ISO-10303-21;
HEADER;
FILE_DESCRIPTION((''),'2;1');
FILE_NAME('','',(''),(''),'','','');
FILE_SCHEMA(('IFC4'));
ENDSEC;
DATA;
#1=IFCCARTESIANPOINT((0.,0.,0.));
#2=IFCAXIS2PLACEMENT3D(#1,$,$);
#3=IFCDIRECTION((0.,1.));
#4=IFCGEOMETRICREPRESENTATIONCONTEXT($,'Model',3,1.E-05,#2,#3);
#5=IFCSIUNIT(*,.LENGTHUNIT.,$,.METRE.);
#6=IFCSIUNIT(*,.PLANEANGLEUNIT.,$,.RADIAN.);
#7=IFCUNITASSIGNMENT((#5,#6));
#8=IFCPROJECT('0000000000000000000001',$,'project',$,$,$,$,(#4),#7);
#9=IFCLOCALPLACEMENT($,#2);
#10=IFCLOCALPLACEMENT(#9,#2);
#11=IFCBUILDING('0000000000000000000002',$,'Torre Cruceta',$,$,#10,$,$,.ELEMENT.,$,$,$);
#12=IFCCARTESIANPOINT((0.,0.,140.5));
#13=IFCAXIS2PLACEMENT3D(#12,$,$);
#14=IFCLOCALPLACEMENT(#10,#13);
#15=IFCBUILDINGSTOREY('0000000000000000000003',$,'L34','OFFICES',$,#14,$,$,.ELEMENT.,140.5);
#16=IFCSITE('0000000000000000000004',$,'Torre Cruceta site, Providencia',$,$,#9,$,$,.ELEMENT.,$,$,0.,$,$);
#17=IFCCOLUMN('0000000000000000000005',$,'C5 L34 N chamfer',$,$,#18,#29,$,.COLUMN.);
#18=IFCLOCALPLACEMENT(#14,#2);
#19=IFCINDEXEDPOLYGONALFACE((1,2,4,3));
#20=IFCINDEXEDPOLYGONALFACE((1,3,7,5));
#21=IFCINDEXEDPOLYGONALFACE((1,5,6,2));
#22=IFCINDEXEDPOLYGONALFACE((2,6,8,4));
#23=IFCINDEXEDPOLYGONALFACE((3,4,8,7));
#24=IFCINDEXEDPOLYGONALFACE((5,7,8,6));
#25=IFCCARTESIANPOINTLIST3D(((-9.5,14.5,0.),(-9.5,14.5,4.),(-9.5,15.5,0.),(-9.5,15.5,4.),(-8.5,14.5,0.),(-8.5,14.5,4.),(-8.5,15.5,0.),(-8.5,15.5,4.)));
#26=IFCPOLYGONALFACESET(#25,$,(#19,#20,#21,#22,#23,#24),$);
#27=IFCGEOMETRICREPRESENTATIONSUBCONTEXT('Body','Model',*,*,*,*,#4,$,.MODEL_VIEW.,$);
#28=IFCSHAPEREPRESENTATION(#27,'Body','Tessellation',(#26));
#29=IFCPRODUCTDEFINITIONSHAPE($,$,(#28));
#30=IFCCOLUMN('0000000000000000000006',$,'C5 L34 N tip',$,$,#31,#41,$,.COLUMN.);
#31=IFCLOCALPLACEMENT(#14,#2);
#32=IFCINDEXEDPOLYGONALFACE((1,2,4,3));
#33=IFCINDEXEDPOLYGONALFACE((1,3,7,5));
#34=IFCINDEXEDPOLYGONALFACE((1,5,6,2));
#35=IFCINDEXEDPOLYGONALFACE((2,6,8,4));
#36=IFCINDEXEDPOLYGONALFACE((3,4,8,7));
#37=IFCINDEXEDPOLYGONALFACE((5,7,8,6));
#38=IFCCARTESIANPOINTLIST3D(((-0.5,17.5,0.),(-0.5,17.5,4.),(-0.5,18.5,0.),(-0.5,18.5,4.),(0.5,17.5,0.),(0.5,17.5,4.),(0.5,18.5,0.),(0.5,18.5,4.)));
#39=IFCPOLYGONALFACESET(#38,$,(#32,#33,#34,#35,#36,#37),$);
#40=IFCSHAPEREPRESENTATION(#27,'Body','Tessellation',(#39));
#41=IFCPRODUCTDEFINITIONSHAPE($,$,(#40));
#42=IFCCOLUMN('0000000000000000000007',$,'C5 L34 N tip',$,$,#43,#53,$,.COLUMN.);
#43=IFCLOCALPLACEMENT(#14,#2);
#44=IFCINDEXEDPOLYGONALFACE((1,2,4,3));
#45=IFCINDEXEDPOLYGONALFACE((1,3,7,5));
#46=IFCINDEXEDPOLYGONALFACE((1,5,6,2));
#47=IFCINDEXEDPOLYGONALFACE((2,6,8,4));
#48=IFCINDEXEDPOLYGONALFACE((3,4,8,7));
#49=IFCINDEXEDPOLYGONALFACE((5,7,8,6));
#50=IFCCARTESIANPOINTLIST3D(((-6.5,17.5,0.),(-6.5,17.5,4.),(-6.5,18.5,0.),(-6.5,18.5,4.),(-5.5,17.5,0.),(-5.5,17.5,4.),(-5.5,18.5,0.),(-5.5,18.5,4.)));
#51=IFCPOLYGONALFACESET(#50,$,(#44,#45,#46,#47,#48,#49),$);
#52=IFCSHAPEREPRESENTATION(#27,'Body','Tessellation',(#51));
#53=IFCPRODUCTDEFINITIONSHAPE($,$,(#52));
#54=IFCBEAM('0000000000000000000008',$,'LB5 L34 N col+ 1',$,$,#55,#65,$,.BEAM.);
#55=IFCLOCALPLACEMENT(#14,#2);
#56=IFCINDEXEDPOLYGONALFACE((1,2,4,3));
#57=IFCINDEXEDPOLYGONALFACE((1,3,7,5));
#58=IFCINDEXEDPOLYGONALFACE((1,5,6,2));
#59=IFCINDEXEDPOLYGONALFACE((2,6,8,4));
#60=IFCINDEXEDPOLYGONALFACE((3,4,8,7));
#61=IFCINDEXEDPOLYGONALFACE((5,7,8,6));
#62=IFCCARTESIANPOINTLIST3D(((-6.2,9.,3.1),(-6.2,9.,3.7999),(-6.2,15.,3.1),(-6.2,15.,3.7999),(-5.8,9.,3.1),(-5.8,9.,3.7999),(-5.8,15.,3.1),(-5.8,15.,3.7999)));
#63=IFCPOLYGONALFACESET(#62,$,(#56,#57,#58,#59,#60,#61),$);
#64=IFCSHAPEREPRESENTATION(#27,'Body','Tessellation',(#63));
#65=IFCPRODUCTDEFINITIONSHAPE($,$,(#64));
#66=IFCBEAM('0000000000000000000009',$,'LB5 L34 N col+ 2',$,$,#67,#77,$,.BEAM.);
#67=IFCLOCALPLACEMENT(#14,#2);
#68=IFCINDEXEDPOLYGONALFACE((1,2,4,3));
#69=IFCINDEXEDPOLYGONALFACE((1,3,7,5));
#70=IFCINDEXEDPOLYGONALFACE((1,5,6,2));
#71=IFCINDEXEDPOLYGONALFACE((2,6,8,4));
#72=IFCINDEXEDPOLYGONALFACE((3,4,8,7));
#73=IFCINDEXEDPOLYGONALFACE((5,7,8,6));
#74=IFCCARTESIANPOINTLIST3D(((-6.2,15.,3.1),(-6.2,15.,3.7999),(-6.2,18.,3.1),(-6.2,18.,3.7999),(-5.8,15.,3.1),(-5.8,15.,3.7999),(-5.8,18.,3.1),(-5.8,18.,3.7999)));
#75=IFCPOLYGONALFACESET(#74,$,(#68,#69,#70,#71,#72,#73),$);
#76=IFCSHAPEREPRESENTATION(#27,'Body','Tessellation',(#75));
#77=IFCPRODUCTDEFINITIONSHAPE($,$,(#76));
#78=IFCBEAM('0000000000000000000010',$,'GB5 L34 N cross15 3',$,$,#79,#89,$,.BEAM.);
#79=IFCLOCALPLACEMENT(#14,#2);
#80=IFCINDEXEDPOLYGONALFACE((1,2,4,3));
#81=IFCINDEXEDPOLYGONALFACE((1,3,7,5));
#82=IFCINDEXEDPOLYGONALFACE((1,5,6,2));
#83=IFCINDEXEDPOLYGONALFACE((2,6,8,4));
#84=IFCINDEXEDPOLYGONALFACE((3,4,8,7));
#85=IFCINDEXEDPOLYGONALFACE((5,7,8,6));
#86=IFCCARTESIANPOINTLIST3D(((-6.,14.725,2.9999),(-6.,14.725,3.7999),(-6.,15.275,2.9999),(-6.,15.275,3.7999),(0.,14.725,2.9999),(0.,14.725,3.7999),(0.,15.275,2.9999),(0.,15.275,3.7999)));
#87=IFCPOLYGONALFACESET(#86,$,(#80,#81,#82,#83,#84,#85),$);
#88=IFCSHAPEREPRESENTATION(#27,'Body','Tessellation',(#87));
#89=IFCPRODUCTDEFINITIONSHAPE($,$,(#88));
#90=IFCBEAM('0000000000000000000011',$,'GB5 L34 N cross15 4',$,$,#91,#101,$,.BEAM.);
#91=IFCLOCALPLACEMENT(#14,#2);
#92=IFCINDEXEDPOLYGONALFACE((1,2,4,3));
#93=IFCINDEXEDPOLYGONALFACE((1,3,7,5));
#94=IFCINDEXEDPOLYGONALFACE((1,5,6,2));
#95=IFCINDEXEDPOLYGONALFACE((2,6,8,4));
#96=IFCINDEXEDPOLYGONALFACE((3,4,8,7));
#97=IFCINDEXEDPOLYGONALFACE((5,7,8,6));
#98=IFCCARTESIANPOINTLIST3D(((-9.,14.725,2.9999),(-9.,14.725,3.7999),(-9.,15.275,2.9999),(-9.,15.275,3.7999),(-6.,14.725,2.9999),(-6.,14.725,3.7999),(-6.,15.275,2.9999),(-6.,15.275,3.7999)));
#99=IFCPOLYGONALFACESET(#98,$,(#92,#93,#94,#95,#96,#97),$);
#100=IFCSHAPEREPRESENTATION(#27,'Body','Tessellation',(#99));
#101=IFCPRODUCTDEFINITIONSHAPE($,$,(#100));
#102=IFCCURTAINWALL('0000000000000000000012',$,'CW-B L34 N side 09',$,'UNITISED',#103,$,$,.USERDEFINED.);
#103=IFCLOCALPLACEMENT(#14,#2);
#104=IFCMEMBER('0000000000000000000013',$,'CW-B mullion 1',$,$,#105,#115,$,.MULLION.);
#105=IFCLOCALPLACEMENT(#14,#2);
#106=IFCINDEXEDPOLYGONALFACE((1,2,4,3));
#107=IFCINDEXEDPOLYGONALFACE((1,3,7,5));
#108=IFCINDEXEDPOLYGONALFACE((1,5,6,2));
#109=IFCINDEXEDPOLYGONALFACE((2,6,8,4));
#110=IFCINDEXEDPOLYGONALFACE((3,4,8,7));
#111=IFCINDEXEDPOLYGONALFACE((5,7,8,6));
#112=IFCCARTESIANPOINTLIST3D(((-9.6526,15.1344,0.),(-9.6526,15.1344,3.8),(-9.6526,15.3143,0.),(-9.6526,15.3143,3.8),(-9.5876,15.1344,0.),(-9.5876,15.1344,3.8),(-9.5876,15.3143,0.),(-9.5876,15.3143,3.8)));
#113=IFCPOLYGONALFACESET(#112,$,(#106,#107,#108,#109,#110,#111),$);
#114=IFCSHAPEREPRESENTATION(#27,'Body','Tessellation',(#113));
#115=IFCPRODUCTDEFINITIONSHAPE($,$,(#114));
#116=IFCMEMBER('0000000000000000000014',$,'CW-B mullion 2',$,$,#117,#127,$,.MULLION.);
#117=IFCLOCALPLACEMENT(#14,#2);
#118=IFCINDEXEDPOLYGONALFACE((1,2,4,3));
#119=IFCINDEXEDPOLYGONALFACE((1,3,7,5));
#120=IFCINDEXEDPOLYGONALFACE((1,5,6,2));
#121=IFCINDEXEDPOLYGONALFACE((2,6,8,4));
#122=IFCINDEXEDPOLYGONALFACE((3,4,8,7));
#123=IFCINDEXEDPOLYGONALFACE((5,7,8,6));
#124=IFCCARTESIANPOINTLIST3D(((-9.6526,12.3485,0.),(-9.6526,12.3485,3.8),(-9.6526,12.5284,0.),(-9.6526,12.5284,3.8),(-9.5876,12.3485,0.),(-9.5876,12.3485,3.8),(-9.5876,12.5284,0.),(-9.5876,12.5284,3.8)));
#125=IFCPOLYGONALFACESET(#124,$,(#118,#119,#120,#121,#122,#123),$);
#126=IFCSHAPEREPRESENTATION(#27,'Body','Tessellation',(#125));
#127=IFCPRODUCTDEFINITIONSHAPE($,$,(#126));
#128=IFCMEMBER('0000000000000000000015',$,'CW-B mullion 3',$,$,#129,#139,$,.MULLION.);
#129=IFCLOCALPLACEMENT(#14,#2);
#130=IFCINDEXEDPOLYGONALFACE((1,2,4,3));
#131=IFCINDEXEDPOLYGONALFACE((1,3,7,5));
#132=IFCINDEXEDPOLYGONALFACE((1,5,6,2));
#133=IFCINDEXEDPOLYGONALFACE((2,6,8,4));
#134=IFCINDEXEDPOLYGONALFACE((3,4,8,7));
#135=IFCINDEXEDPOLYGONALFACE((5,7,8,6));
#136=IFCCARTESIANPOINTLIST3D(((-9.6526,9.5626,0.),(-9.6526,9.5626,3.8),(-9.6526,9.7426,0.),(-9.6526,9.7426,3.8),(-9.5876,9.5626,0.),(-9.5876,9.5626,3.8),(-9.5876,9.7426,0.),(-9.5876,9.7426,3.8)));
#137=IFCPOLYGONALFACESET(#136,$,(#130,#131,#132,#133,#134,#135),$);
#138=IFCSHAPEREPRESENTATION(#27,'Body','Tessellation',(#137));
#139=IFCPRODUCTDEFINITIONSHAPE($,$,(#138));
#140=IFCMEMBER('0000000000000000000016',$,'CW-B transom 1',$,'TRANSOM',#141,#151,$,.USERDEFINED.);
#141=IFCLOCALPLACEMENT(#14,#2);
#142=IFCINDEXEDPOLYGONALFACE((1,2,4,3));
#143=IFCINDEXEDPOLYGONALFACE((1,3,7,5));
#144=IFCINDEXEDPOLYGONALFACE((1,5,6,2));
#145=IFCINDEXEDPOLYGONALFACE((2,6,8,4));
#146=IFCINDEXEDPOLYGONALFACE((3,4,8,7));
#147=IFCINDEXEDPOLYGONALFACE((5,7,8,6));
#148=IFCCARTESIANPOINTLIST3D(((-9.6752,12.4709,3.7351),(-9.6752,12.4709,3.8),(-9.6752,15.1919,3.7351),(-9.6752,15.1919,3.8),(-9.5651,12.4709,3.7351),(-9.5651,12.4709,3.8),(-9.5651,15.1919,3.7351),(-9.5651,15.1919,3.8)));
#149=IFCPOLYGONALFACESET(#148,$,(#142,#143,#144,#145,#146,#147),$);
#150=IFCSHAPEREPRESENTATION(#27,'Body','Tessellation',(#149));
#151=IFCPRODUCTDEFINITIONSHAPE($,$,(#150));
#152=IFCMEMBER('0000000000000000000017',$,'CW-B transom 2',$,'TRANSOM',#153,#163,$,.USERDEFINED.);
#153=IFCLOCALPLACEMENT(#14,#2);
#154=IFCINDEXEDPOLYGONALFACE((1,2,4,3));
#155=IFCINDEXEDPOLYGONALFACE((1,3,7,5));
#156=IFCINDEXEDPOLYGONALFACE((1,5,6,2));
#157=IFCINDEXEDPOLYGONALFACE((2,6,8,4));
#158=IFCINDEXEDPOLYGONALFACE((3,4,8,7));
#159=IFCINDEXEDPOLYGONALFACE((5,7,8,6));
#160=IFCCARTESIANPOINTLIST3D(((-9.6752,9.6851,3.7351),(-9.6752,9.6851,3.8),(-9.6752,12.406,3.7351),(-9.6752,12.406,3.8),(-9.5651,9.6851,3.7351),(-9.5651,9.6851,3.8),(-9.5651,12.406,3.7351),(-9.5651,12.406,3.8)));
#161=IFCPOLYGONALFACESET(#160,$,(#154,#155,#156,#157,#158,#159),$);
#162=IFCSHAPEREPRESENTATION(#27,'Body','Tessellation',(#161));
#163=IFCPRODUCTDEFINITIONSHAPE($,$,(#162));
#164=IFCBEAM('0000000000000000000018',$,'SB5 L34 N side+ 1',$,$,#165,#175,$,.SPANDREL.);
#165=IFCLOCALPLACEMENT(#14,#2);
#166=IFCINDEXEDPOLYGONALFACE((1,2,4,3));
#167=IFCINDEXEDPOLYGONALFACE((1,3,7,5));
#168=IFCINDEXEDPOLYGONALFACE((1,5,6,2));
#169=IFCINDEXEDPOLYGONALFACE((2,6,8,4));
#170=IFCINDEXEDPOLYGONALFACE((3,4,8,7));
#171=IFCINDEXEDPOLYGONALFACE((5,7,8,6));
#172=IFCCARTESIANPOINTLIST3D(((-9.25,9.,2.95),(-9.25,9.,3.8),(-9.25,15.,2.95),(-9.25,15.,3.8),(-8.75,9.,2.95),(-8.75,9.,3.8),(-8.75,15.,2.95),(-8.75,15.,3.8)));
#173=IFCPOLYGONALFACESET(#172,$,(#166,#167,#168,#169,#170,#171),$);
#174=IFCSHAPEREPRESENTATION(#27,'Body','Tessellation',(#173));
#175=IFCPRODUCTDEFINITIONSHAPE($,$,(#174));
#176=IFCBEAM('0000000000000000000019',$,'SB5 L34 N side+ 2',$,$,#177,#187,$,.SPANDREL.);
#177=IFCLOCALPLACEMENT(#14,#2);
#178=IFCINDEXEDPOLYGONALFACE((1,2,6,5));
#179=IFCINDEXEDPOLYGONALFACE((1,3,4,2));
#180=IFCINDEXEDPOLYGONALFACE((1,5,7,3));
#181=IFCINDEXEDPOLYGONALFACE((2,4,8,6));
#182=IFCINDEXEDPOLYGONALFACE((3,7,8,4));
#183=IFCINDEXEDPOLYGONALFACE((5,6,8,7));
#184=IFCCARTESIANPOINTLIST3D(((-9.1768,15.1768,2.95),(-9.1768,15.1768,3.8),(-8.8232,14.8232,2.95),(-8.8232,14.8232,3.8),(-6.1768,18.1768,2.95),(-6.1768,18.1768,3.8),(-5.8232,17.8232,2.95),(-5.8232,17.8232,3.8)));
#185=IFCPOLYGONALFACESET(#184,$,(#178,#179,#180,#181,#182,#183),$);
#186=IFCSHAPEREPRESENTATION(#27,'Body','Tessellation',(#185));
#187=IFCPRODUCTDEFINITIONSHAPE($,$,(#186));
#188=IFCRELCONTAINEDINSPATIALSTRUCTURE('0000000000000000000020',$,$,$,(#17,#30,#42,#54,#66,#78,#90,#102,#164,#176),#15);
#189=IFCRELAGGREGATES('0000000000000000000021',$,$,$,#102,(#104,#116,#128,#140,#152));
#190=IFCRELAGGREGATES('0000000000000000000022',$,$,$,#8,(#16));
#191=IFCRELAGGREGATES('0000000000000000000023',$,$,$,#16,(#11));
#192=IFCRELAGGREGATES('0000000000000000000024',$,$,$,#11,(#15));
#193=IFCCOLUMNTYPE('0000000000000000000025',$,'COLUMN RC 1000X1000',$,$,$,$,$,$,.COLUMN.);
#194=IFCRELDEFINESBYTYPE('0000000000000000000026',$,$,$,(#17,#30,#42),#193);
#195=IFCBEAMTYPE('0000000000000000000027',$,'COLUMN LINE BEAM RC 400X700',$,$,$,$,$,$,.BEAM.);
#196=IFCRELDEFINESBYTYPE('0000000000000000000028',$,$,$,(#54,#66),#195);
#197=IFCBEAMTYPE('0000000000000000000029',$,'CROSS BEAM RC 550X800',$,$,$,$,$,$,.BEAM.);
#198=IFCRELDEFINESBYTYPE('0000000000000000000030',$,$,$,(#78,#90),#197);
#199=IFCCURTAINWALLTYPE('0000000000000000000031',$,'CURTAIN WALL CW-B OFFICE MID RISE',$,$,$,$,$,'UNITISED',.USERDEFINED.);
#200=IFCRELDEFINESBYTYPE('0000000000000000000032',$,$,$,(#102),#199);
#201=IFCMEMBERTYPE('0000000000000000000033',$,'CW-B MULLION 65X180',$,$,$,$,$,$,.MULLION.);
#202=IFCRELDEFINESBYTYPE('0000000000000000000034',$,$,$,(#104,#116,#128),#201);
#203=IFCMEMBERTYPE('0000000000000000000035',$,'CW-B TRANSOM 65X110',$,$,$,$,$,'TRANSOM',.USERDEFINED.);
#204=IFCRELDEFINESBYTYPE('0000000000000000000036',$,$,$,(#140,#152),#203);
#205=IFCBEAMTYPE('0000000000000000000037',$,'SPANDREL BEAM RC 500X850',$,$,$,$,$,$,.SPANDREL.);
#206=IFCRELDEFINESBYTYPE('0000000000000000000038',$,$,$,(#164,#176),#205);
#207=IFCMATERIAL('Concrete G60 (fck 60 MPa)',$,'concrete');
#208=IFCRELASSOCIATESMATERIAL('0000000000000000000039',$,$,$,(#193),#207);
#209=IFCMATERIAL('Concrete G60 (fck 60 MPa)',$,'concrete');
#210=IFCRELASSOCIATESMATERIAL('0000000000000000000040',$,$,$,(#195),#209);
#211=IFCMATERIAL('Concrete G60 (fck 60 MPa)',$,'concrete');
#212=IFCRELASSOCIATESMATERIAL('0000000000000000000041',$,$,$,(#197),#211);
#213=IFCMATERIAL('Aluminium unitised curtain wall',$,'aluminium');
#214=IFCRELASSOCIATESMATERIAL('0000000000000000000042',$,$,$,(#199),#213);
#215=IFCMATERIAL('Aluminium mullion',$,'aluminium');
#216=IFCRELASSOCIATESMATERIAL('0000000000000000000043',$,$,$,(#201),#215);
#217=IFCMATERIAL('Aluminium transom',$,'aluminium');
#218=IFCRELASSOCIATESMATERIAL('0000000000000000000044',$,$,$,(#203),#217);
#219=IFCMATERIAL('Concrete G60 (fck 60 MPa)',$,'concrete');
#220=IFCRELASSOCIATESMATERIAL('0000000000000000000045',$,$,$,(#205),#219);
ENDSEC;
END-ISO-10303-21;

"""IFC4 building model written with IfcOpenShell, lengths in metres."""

from ifc_helpers import new_model, si_unit, direction, frame, origin, origin_2d, place, context, subcontext, project, spatial, rectangle, extrude, material, material_profile, profile_set, type_object, element, aggregate, save


model = new_model("IFC4")

# Units and contexts
model_context = context("Model", 3, precision=1e-05, world=origin(), true_north=direction((0.0, 1.0)))
body_context = subcontext(model_context, "Body", "Model", "MODEL_VIEW")
ifc_project = project(units=[si_unit("LENGTHUNIT", "METRE"), si_unit("PLANEANGLEUNIT", "RADIAN")], contexts=[model_context])

# Site, building, storey
site_placement = place(None, origin())
site = spatial("IfcSite", under=ifc_project, at=site_placement, Name="Torre Cruceta site, Providencia", CompositionType="ELEMENT", RefElevation=0.0)
building_placement = place(site_placement, origin())
building = spatial("IfcBuilding", under=site, at=building_placement, Name="Torre Cruceta", CompositionType="ELEMENT")
storey_placement = place(building_placement, frame((0.0, 0.0, 140.5)))
storey = spatial("IfcBuildingStorey", under=building, at=storey_placement, Name="L34", Description="OFFICES", CompositionType="ELEMENT", Elevation=140.5)

# Columns
ifc_material_1 = material(Name="Concrete G60 (fck 60 MPa)", Category="concrete")
ifc_material_profile_1 = material_profile(ifc_material_1, rectangle(XDim=1.0, YDim=1.0, at=origin_2d()), Name="RC 1000X1000")
ifc_profile_set_1 = profile_set([ifc_material_profile_1], Name="Concrete G60 (fck 60 MPa)")
column_type = type_object("IfcColumnType", Name="COLUMN RC 1000X1000", PredefinedType="COLUMN", material=ifc_profile_set_1)
for number, where, z_axis, x_axis, name in (
    (1, (-9.0, 15.0, 0.0), (0.0, 0.0, 1.0), (1.0, 0.0, 0.0), "C5 L34 N chamfer"),
    (2, (0.0, 18.0, 0.0), (0.0, 0.0, 1.0), (1.0, 0.0, 0.0), "C5 L34 N tip"),
    (3, (-6.0, 18.0, 0.0), (0.0, 0.0, 1.0), (1.0, 0.0, 0.0), "C5 L34 N tip"),
):
    element("IfcColumn", number, at=place(storey_placement, frame(where, z_axis=z_axis, x_axis=x_axis)), inside=storey, type_object=column_type, Name=name, PredefinedType="COLUMN", context=body_context, shape_type="SweptSolid", body=[
        extrude(rectangle(XDim=1.0, YDim=1.0, at=origin_2d()), origin(), (0.0, 0.0, 1.0), 4.0),
    ])

# Beams
ifc_material_2 = material(Name="Concrete G60 (fck 60 MPa)", Category="concrete")
ifc_material_profile_2 = material_profile(ifc_material_2, rectangle(XDim=0.3999, YDim=0.7, at=origin_2d()), Name="RC 400X700")
ifc_profile_set_2 = profile_set([ifc_material_profile_2], Name="Concrete G60 (fck 60 MPa)")
beam_type_1 = type_object("IfcBeamType", Name="COLUMN LINE BEAM RC 400X700", PredefinedType="BEAM", material=ifc_profile_set_2)
beam_1_placement = place(storey_placement, frame((-6.0, 9.0, 3.45), z_axis=(0.0, 1.0, 0.0), x_axis=(-1.0, 0.0, 0.0)))
element("IfcBeam", 4, at=beam_1_placement, inside=storey, type_object=beam_type_1, Name="LB5 L34 N col+ 1", PredefinedType="BEAM", context=body_context, shape_type="SweptSolid", body=[
    extrude(rectangle(XDim=0.3999, YDim=0.7, at=origin_2d()), origin(), (0.0, 0.0, 1.0), 6.0),
])
beam_2_placement = place(storey_placement, frame((-6.0, 15.0, 3.45), z_axis=(0.0, 1.0, 0.0), x_axis=(-1.0, 0.0, 0.0)))
element("IfcBeam", 5, at=beam_2_placement, inside=storey, type_object=beam_type_1, Name="LB5 L34 N col+ 2", PredefinedType="BEAM", context=body_context, shape_type="SweptSolid", body=[
    extrude(rectangle(XDim=0.3999, YDim=0.7, at=origin_2d()), origin(), (0.0, 0.0, 1.0), 3.0),
])
ifc_material_3 = material(Name="Concrete G60 (fck 60 MPa)", Category="concrete")
ifc_material_profile_3 = material_profile(ifc_material_3, rectangle(XDim=0.55, YDim=0.8, at=origin_2d()), Name="RC 550X800")
ifc_profile_set_3 = profile_set([ifc_material_profile_3], Name="Concrete G60 (fck 60 MPa)")
beam_type_2 = type_object("IfcBeamType", Name="CROSS BEAM RC 550X800", PredefinedType="BEAM", material=ifc_profile_set_3)
beam_3_placement = place(storey_placement, frame((0.0, 15.0, 3.3999), z_axis=(-1.0, 0.0, 0.0), x_axis=(0.0, -1.0, 0.0)))
element("IfcBeam", 6, at=beam_3_placement, inside=storey, type_object=beam_type_2, Name="GB5 L34 N cross15 3", PredefinedType="BEAM", context=body_context, shape_type="SweptSolid", body=[
    extrude(rectangle(XDim=0.55, YDim=0.8, at=origin_2d()), origin(), (0.0, 0.0, 1.0), 6.0),
])
beam_4_placement = place(storey_placement, frame((-6.0, 15.0, 3.3999), z_axis=(-1.0, 0.0, 0.0), x_axis=(0.0, -1.0, 0.0)))
element("IfcBeam", 7, at=beam_4_placement, inside=storey, type_object=beam_type_2, Name="GB5 L34 N cross15 4", PredefinedType="BEAM", context=body_context, shape_type="SweptSolid", body=[
    extrude(rectangle(XDim=0.55, YDim=0.8, at=origin_2d()), origin(), (0.0, 0.0, 1.0), 3.0),
])

# Curtain wall, members
ifc_material_4 = material(Name="Aluminium unitised curtain wall", Category="aluminium")
curtain_wall_type = type_object("IfcCurtainWallType", Name="CURTAIN WALL CW-B OFFICE MID RISE", ElementType="UNITISED", PredefinedType="USERDEFINED", material=ifc_material_4)
curtain_wall_placement = place(storey_placement, origin())
curtain_wall = element("IfcCurtainWall", 8, at=curtain_wall_placement, inside=storey, type_object=curtain_wall_type, Name="CW-B L34 N side 09", ObjectType="UNITISED", PredefinedType="USERDEFINED")
ifc_material_5 = material(Name="Aluminium mullion", Category="aluminium")
ifc_material_profile_4 = material_profile(ifc_material_5, rectangle(XDim=0.0649, YDim=0.1799, at=origin_2d()), Name="AL 65X180")
ifc_profile_set_4 = profile_set([ifc_material_profile_4], Name="Aluminium mullion")
member_type_1 = type_object("IfcMemberType", Name="CW-B MULLION 65X180", PredefinedType="MULLION", material=ifc_profile_set_4)
member_1_placement = place(storey_placement, frame((-9.6201, 15.2244, 0.0), z_axis=(0.0, 0.0, 1.0), x_axis=(1.0, 0.0, 0.0)))
member_1 = element("IfcMember", 9, at=member_1_placement, type_object=member_type_1, Name="CW-B mullion 1", PredefinedType="MULLION", context=body_context, shape_type="SweptSolid", body=[
    extrude(rectangle(XDim=0.0649, YDim=0.1799, at=origin_2d()), origin(), (0.0, 0.0, 1.0), 3.8),
])
member_2_placement = place(storey_placement, frame((-9.6201, 12.4385, 0.0), z_axis=(0.0, 0.0, 1.0), x_axis=(1.0, 0.0, 0.0)))
member_2 = element("IfcMember", 10, at=member_2_placement, type_object=member_type_1, Name="CW-B mullion 2", PredefinedType="MULLION", context=body_context, shape_type="SweptSolid", body=[
    extrude(rectangle(XDim=0.0649, YDim=0.1799, at=origin_2d()), origin(), (0.0, 0.0, 1.0), 3.8),
])
member_3_placement = place(storey_placement, frame((-9.6201, 9.6526, 0.0), z_axis=(0.0, 0.0, 1.0), x_axis=(1.0, 0.0, 0.0)))
member_3 = element("IfcMember", 11, at=member_3_placement, type_object=member_type_1, Name="CW-B mullion 3", PredefinedType="MULLION", context=body_context, shape_type="SweptSolid", body=[
    extrude(rectangle(XDim=0.0649, YDim=0.1799, at=origin_2d()), origin(), (0.0, 0.0, 1.0), 3.8),
])
ifc_material_6 = material(Name="Aluminium transom", Category="aluminium")
ifc_material_profile_5 = material_profile(ifc_material_6, rectangle(XDim=0.1101, YDim=0.0649, at=origin_2d()), Name="AL 110X65")
ifc_profile_set_5 = profile_set([ifc_material_profile_5], Name="Aluminium transom")
member_type_2 = type_object("IfcMemberType", Name="CW-B TRANSOM 65X110", ElementType="TRANSOM", PredefinedType="USERDEFINED", material=ifc_profile_set_5)
member_4_placement = place(storey_placement, frame((-9.6201, 15.1919, 3.7676), z_axis=(0.0, -1.0, 0.0), x_axis=(1.0, 0.0, 0.0)))
member_4 = element("IfcMember", 12, at=member_4_placement, type_object=member_type_2, Name="CW-B transom 1", ObjectType="TRANSOM", PredefinedType="USERDEFINED", context=body_context, shape_type="SweptSolid", body=[
    extrude(rectangle(XDim=0.1101, YDim=0.0649, at=origin_2d()), origin(), (0.0, 0.0, 1.0), 2.7209),
])
member_5_placement = place(storey_placement, frame((-9.6201, 12.406, 3.7676), z_axis=(0.0, -1.0, 0.0), x_axis=(1.0, 0.0, 0.0)))
member_5 = element("IfcMember", 13, at=member_5_placement, type_object=member_type_2, Name="CW-B transom 2", ObjectType="TRANSOM", PredefinedType="USERDEFINED", context=body_context, shape_type="SweptSolid", body=[
    extrude(rectangle(XDim=0.1101, YDim=0.0649, at=origin_2d()), origin(), (0.0, 0.0, 1.0), 2.7209),
])

# Beams
ifc_material_7 = material(Name="Concrete G60 (fck 60 MPa)", Category="concrete")
ifc_material_profile_6 = material_profile(ifc_material_7, rectangle(XDim=0.5, YDim=0.8501, at=origin_2d()), Name="RC 500X850")
ifc_profile_set_6 = profile_set([ifc_material_profile_6], Name="Concrete G60 (fck 60 MPa)")
beam_type_3 = type_object("IfcBeamType", Name="SPANDREL BEAM RC 500X850", PredefinedType="SPANDREL", material=ifc_profile_set_6)
beam_5_placement = place(storey_placement, frame((-9.0, 9.0, 3.375), z_axis=(0.0, 1.0, 0.0), x_axis=(-1.0, 0.0, 0.0)))
element("IfcBeam", 14, at=beam_5_placement, inside=storey, type_object=beam_type_3, Name="SB5 L34 N side+ 1", PredefinedType="SPANDREL", context=body_context, shape_type="SweptSolid", body=[
    extrude(rectangle(XDim=0.5, YDim=0.8501, at=origin_2d()), origin(), (0.0, 0.0, 1.0), 6.0),
])
beam_6_placement = place(storey_placement, frame((-9.0, 15.0, 3.375), z_axis=(0.707107, 0.707107, 0.0), x_axis=(-0.707107, 0.707107, 0.0)))
element("IfcBeam", 15, at=beam_6_placement, inside=storey, type_object=beam_type_3, Name="SB5 L34 N side+ 2", PredefinedType="SPANDREL", context=body_context, shape_type="SweptSolid", body=[
    extrude(rectangle(XDim=0.5, YDim=0.8501, at=origin_2d()), origin(), (0.0, 0.0, 1.0), 4.2427),
])

aggregate(curtain_wall, [member_1, member_2, member_3, member_4, member_5])

save(model, "model.ifc")
